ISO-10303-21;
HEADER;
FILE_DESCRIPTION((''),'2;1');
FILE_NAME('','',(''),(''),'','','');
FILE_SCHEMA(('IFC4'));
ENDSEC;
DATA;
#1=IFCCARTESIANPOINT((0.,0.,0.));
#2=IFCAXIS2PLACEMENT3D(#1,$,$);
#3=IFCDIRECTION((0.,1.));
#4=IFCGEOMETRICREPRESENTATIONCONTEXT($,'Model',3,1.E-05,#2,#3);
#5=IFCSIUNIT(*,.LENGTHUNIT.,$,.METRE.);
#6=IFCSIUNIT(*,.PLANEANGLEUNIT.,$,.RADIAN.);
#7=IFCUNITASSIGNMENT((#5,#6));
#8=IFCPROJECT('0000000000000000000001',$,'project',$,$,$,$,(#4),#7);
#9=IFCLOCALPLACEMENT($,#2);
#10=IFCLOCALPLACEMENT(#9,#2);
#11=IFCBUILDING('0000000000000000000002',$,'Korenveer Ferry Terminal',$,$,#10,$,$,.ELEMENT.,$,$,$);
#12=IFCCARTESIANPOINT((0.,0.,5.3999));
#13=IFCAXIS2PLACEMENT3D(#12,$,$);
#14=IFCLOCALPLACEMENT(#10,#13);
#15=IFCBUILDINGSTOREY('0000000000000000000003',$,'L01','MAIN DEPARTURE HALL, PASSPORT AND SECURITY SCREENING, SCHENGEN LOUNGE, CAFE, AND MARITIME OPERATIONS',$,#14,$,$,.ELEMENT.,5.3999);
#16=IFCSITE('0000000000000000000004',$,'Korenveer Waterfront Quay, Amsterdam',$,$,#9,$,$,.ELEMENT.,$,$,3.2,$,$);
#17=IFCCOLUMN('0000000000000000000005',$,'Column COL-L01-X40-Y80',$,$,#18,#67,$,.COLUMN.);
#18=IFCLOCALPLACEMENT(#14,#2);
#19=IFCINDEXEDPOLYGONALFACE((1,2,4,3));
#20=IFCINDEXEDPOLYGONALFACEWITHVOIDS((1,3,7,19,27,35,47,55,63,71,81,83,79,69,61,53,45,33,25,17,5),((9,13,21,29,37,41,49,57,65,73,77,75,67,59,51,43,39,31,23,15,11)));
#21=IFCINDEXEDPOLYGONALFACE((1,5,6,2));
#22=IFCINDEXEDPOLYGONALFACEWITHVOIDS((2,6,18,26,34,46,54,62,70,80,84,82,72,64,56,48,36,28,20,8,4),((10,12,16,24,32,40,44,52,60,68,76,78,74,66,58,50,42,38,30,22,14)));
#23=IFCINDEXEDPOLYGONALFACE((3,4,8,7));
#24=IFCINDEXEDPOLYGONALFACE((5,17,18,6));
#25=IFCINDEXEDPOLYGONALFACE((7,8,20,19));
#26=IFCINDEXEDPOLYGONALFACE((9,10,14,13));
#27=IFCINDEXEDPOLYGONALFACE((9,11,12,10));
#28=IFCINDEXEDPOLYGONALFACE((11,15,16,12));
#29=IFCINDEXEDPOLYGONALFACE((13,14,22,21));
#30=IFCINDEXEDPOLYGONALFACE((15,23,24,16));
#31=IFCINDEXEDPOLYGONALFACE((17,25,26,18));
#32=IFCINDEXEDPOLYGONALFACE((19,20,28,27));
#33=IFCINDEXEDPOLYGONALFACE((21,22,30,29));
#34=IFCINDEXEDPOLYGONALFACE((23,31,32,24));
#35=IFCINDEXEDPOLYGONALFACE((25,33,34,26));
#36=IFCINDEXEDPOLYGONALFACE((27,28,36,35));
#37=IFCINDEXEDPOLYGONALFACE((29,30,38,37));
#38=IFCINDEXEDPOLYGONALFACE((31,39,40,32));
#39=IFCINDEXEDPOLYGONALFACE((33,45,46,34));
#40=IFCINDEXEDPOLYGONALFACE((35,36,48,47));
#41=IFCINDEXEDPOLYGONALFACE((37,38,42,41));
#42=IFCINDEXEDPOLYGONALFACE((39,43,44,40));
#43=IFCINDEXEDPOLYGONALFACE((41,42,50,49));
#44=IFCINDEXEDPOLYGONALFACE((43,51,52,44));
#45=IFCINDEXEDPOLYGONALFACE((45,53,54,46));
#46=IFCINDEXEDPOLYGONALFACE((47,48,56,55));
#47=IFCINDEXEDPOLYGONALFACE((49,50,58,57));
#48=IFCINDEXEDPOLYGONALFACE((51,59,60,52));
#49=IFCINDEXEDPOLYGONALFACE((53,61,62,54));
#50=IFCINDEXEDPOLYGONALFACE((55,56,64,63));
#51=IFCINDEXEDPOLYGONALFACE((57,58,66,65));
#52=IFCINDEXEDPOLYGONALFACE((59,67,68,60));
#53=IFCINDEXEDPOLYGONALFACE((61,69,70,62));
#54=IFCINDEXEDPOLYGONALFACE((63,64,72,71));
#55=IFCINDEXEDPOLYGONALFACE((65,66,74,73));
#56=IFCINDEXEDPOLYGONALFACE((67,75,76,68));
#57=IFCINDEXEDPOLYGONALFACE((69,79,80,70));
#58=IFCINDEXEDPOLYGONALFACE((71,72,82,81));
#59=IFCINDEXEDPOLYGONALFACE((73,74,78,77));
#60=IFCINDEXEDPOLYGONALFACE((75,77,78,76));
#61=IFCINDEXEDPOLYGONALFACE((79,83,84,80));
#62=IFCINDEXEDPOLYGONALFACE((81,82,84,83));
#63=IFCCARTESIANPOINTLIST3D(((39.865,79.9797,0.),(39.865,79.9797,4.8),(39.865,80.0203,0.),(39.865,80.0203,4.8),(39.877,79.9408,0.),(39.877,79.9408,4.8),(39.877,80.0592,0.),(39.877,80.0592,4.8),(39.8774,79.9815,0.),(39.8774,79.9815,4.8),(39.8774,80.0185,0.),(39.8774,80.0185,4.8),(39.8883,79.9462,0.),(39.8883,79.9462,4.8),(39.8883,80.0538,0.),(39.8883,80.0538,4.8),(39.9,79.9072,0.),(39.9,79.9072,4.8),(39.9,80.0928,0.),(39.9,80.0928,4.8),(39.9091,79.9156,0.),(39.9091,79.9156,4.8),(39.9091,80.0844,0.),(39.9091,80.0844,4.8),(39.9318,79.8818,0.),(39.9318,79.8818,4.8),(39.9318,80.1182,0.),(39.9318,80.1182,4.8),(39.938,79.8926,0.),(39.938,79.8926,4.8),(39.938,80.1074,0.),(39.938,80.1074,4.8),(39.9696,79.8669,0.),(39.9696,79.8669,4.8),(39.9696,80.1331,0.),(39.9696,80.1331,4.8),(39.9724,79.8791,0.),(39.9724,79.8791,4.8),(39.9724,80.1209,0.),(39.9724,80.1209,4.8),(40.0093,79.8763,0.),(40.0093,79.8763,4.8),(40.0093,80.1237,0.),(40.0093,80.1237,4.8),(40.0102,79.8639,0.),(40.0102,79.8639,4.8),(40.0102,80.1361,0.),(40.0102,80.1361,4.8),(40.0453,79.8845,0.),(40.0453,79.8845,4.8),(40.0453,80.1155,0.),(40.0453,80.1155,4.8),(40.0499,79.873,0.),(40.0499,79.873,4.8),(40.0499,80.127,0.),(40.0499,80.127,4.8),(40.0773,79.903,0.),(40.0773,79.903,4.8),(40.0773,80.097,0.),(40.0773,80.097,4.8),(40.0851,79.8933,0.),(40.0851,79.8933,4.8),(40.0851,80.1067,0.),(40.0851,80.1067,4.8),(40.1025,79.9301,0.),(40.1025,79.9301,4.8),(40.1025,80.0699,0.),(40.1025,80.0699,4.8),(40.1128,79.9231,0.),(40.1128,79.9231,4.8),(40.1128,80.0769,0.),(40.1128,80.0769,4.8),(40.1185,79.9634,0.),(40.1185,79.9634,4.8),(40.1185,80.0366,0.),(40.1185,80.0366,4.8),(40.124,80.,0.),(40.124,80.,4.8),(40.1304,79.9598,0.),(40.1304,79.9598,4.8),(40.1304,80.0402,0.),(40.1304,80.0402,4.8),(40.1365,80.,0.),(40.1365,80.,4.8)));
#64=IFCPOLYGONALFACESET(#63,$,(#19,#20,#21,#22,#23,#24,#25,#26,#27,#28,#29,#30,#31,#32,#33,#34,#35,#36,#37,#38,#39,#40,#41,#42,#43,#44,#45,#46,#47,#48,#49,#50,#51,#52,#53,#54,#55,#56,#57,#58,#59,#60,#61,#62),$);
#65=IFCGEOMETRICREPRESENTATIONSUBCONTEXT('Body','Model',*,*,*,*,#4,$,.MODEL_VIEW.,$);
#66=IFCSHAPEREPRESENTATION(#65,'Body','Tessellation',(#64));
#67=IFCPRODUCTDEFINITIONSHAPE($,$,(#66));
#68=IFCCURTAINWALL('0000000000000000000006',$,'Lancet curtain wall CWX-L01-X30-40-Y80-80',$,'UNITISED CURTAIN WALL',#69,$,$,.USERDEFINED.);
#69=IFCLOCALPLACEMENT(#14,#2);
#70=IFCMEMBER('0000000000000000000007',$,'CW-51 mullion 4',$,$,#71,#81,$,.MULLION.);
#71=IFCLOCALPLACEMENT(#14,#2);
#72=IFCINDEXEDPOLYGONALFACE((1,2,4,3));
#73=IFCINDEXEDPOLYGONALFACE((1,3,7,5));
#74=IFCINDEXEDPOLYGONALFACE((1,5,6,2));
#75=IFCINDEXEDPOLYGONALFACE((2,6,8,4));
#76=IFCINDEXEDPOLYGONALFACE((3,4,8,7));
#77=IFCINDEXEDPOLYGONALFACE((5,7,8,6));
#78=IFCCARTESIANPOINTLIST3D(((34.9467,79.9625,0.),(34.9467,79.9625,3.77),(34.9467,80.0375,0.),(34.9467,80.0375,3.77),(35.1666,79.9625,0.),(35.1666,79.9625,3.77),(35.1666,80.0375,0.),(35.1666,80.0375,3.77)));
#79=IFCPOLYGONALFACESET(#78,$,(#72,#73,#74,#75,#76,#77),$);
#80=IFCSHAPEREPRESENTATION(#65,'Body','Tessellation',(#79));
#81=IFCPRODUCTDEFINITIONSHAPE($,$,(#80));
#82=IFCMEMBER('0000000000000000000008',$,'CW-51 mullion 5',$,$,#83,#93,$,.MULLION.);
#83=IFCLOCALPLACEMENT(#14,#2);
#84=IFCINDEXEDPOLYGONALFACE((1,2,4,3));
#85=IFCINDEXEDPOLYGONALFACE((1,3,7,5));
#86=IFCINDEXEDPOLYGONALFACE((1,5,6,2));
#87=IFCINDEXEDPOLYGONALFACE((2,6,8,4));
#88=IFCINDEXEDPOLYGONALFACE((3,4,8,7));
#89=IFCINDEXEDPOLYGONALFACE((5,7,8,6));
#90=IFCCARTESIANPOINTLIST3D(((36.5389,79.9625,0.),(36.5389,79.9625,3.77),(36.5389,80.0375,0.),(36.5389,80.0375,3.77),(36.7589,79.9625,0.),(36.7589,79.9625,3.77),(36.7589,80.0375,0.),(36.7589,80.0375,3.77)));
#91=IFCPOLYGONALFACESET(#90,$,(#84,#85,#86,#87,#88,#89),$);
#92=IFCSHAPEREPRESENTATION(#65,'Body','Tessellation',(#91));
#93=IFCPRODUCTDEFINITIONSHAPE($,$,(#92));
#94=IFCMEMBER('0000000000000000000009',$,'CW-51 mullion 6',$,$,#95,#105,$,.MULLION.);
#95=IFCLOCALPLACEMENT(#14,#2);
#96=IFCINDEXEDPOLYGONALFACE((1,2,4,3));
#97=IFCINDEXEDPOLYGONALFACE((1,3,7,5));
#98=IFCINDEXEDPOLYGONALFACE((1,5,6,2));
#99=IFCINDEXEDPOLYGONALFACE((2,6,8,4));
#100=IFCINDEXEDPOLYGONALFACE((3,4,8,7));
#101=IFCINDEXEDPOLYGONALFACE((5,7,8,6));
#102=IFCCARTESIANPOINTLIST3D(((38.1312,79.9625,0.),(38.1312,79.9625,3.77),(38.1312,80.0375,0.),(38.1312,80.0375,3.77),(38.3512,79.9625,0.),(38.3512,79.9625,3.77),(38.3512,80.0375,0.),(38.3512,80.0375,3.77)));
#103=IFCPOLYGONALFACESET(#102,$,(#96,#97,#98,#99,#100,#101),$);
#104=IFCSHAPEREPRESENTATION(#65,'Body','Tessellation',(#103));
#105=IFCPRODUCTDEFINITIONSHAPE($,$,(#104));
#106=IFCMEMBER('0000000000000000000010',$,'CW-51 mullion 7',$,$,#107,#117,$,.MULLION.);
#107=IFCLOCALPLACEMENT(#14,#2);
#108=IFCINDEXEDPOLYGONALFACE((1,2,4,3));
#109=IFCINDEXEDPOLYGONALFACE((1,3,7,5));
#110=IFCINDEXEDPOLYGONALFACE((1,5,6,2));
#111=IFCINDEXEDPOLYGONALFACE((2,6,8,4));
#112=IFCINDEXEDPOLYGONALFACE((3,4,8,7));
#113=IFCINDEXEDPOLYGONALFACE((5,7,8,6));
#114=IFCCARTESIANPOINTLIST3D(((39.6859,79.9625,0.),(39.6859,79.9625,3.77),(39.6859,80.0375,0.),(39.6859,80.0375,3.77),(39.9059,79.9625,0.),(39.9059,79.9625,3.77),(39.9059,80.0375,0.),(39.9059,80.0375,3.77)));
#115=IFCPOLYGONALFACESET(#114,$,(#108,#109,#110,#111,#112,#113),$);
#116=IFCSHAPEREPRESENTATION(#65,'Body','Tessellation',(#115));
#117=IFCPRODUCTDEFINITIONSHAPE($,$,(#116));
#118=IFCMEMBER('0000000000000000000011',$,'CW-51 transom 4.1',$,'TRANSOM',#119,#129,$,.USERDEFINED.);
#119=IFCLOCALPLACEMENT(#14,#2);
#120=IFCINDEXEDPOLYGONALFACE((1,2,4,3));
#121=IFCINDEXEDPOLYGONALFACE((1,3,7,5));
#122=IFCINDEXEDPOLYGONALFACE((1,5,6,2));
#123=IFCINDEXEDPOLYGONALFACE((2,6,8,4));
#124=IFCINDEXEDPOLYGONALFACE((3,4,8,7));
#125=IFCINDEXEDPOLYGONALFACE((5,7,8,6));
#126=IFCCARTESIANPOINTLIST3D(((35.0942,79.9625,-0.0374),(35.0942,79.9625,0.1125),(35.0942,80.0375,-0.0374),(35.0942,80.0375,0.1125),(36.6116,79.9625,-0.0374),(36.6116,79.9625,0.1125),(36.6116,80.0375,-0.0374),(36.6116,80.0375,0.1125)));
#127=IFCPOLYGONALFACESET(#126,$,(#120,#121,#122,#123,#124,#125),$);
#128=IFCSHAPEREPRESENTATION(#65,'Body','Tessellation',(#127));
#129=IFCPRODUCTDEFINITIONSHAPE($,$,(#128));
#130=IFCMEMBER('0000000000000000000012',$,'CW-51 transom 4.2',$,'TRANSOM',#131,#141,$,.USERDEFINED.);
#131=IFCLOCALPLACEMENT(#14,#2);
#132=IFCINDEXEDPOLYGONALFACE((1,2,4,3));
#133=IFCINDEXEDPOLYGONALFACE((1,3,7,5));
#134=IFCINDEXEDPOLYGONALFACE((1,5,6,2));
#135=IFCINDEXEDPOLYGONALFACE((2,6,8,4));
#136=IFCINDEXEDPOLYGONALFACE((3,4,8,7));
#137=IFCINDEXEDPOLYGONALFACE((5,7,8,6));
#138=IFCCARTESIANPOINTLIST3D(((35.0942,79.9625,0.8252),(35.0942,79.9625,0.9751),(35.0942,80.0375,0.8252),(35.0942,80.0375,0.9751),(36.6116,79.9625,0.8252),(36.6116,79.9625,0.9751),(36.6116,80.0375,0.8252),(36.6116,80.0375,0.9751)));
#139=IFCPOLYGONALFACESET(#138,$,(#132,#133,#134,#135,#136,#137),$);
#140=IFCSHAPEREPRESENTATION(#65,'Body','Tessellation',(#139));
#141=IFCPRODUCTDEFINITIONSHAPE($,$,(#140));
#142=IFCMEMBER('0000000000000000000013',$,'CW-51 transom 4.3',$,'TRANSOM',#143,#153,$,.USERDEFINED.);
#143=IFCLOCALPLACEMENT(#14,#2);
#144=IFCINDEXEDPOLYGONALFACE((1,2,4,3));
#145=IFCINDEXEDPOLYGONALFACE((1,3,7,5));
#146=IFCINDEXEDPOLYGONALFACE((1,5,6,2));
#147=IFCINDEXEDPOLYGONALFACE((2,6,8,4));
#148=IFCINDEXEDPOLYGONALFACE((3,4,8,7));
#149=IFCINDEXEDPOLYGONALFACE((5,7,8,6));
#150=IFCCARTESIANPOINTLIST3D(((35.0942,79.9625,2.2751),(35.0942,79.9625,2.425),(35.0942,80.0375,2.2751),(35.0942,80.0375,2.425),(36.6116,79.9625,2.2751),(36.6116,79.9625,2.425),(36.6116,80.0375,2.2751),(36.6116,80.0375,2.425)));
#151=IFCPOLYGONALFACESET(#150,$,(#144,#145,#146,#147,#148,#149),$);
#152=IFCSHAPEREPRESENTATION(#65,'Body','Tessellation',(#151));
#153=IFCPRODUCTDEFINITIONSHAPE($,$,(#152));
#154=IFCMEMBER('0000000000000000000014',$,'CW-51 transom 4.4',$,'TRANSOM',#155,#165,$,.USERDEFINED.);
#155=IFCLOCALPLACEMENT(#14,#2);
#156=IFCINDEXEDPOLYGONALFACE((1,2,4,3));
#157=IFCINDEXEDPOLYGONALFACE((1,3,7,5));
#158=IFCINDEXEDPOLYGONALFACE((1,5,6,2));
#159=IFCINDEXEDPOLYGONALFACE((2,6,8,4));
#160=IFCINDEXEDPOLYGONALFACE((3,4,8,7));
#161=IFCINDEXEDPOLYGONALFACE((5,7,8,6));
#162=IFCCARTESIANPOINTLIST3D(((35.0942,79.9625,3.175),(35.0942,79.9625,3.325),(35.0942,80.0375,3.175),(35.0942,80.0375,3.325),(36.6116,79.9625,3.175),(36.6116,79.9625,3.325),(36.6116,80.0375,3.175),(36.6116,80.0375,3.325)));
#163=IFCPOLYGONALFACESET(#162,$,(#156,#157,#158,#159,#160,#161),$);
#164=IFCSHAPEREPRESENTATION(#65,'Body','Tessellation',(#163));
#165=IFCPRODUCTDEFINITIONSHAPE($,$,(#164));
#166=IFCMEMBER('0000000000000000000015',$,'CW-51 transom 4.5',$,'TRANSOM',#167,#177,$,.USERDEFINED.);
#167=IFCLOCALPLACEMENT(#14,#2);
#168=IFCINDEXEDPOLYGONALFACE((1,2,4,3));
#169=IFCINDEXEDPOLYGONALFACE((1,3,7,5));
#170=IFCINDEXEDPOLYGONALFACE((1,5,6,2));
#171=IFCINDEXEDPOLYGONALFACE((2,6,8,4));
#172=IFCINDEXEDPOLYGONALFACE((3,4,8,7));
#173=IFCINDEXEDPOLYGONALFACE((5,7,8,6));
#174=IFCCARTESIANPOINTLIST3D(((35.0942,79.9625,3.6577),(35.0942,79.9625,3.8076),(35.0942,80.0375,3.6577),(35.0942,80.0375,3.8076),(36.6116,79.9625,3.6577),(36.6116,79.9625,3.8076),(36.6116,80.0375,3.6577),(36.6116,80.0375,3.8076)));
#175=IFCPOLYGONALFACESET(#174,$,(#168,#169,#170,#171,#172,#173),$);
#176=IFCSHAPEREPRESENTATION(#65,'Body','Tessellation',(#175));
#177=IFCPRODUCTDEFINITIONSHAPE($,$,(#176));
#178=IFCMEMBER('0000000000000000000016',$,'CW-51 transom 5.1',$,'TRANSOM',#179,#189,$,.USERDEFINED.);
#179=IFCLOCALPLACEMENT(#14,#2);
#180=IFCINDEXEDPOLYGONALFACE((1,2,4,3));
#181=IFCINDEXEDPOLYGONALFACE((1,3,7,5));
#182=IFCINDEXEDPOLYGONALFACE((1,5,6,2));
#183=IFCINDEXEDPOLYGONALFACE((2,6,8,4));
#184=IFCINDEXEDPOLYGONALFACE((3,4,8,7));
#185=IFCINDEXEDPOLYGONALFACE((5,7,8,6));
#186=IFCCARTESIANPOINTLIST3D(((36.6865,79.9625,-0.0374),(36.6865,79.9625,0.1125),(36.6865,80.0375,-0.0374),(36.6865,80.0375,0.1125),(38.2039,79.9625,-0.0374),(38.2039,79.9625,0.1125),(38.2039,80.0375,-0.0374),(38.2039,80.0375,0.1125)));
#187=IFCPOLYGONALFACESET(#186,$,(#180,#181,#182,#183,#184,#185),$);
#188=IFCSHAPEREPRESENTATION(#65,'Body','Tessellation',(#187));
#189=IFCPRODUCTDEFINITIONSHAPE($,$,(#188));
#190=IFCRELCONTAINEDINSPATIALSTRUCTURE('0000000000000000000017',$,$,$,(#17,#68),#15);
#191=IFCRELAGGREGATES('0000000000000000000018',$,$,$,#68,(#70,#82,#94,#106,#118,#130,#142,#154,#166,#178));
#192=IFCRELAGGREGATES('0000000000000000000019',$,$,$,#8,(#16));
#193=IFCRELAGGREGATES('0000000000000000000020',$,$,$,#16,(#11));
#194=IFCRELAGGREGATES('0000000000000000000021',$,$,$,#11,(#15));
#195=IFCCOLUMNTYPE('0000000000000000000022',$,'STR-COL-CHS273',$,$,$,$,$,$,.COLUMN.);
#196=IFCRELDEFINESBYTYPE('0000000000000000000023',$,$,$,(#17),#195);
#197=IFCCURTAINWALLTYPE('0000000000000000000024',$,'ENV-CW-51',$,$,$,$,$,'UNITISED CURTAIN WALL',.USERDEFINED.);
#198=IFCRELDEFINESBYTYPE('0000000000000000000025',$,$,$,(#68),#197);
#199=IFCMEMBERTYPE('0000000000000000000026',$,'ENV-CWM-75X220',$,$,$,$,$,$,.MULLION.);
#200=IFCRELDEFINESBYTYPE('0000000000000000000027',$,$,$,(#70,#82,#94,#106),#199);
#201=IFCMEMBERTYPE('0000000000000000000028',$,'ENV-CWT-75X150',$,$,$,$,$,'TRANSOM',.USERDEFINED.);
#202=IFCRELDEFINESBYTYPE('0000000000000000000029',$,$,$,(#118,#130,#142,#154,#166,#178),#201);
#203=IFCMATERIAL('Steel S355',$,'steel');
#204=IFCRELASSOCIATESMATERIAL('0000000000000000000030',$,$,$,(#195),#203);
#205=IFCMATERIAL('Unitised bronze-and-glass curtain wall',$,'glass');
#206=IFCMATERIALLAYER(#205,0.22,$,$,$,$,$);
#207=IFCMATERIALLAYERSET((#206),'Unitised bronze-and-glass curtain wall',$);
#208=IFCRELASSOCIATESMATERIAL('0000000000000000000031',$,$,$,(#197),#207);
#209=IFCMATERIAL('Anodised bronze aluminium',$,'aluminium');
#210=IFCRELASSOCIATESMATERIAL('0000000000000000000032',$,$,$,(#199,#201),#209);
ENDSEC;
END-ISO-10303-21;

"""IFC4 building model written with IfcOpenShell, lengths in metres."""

from ifc_helpers import new_model, si_unit, direction, frame, origin, origin_2d, place, context, subcontext, project, spatial, rectangle, hollow_circle, extrude, material, layer, layer_set, material_profile, profile_set, type_object, element, aggregate, save


model = new_model("IFC4")

# Units and contexts
model_context = context("Model", 3, precision=1e-05, world=origin(), true_north=direction((0.0, 1.0)))
body_context = subcontext(model_context, "Body", "Model", "MODEL_VIEW")
ifc_project = project(units=[si_unit("LENGTHUNIT", "METRE"), si_unit("PLANEANGLEUNIT", "RADIAN")], contexts=[model_context])

# Site, building, storey
site_placement = place(None, origin())
site = spatial("IfcSite", under=ifc_project, at=site_placement, Name="Korenveer Waterfront Quay, Amsterdam", CompositionType="ELEMENT", RefElevation=3.2)
building_placement = place(site_placement, origin())
building = spatial("IfcBuilding", under=site, at=building_placement, Name="Korenveer Ferry Terminal", CompositionType="ELEMENT")
storey_placement = place(building_placement, frame((0.0, 0.0, 5.3999)))
storey = spatial("IfcBuildingStorey", under=building, at=storey_placement, Name="L01", Description="MAIN DEPARTURE HALL, PASSPORT AND SECURITY SCREENING, SCHENGEN LOUNGE, CAFE, AND MARITIME OPERATIONS", CompositionType="ELEMENT", Elevation=5.3999)

# Column
ifc_material_1 = material(Name="Steel S355", Category="steel")
ifc_material_profile_1 = material_profile(ifc_material_1, hollow_circle(Radius=0.1365, WallThickness=0.0125, at=origin_2d()), Name="CHS 273x12.5")
ifc_profile_set_1 = profile_set([ifc_material_profile_1], Name="Steel S355")
column_type = type_object("IfcColumnType", Name="STR-COL-CHS273", PredefinedType="COLUMN", material=ifc_profile_set_1)
column_placement = place(storey_placement, frame((40.0, 80.0, 0.0), z_axis=(0.0, 0.0, 1.0), x_axis=(1.0, 0.0, 0.0)))
element("IfcColumn", 1, at=column_placement, inside=storey, type_object=column_type, Name="Column COL-L01-X40-Y80", PredefinedType="COLUMN", context=body_context, shape_type="SweptSolid", body=[
    extrude(hollow_circle(Radius=0.1365, WallThickness=0.0125, at=origin_2d()), origin(), (0.0, 0.0, 1.0), 4.8),
])

# Curtain wall, members
ifc_material_2 = material(Name="Unitised bronze-and-glass curtain wall", Category="glass")
ifc_layer_1 = layer(ifc_material_2, 0.22)
ifc_layer_set_1 = layer_set([ifc_layer_1], Name="Unitised bronze-and-glass curtain wall")
curtain_wall_type = type_object("IfcCurtainWallType", Name="ENV-CW-51", ElementType="UNITISED CURTAIN WALL", PredefinedType="USERDEFINED", material=ifc_layer_set_1)
curtain_wall_placement = place(storey_placement, frame((30.28, 80.0, 0.0)))
curtain_wall = element("IfcCurtainWall", 2, at=curtain_wall_placement, inside=storey, type_object=curtain_wall_type, Name="Lancet curtain wall CWX-L01-X30-40-Y80-80", ObjectType="UNITISED CURTAIN WALL", PredefinedType="USERDEFINED")
ifc_material_3 = material(Name="Anodised bronze aluminium", Category="aluminium")
ifc_material_profile_2 = material_profile(ifc_material_3, rectangle(XDim=0.075, YDim=0.22, at=origin_2d()), Name="ALU 75x220")
ifc_profile_set_2 = profile_set([ifc_material_profile_2], Name="Anodised bronze aluminium")
member_type_1 = type_object("IfcMemberType", Name="ENV-CWM-75X220", PredefinedType="MULLION", material=ifc_profile_set_2)
member_1_placement = place(storey_placement, frame((35.0566, 80.0, 0.0), z_axis=(0.0, 0.0, 1.0), x_axis=(0.0, 1.0, 0.0)))
member_1 = element("IfcMember", 3, at=member_1_placement, type_object=member_type_1, Name="CW-51 mullion 4", PredefinedType="MULLION", context=body_context, shape_type="SweptSolid", body=[
    extrude(rectangle(XDim=0.075, YDim=0.22, at=origin_2d()), origin(), (0.0, 0.0, 1.0), 3.77),
])
member_2_placement = place(storey_placement, frame((36.6489, 80.0, 0.0), z_axis=(0.0, 0.0, 1.0), x_axis=(0.0, 1.0, 0.0)))
member_2 = element("IfcMember", 4, at=member_2_placement, type_object=member_type_1, Name="CW-51 mullion 5", PredefinedType="MULLION", context=body_context, shape_type="SweptSolid", body=[
    extrude(rectangle(XDim=0.075, YDim=0.22, at=origin_2d()), origin(), (0.0, 0.0, 1.0), 3.77),
])
member_3_placement = place(storey_placement, frame((38.2412, 80.0, 0.0), z_axis=(0.0, 0.0, 1.0), x_axis=(0.0, 1.0, 0.0)))
member_3 = element("IfcMember", 5, at=member_3_placement, type_object=member_type_1, Name="CW-51 mullion 6", PredefinedType="MULLION", context=body_context, shape_type="SweptSolid", body=[
    extrude(rectangle(XDim=0.075, YDim=0.22, at=origin_2d()), origin(), (0.0, 0.0, 1.0), 3.77),
])
member_4_placement = place(storey_placement, frame((39.7959, 80.0, 0.0), z_axis=(0.0, 0.0, 1.0), x_axis=(0.0, 1.0, 0.0)))
member_4 = element("IfcMember", 6, at=member_4_placement, type_object=member_type_1, Name="CW-51 mullion 7", PredefinedType="MULLION", context=body_context, shape_type="SweptSolid", body=[
    extrude(rectangle(XDim=0.075, YDim=0.22, at=origin_2d()), origin(), (0.0, 0.0, 1.0), 3.77),
])
ifc_material_profile_3 = material_profile(ifc_material_3, rectangle(XDim=0.075, YDim=0.1499, at=origin_2d()), Name="ALU 75x150")
ifc_profile_set_3 = profile_set([ifc_material_profile_3], Name="Anodised bronze aluminium")
member_type_2 = type_object("IfcMemberType", Name="ENV-CWT-75X150", ElementType="TRANSOM", PredefinedType="USERDEFINED", material=ifc_profile_set_3)
member_5_placement = place(storey_placement, frame((35.0942, 80.0, 0.0376), z_axis=(1.0, 0.0, 0.0), x_axis=(0.0, 1.0, 0.0)))
member_5 = element("IfcMember", 7, at=member_5_placement, type_object=member_type_2, Name="CW-51 transom 4.1", ObjectType="TRANSOM", PredefinedType="USERDEFINED", context=body_context, shape_type="SweptSolid", body=[
    extrude(rectangle(XDim=0.075, YDim=0.1499, at=origin_2d()), origin(), (0.0, 0.0, 1.0), 1.5173),
])
member_6_placement = place(storey_placement, frame((35.0942, 80.0, 0.9001), z_axis=(1.0, 0.0, 0.0), x_axis=(0.0, 1.0, 0.0)))
member_6 = element("IfcMember", 8, at=member_6_placement, type_object=member_type_2, Name="CW-51 transom 4.2", ObjectType="TRANSOM", PredefinedType="USERDEFINED", context=body_context, shape_type="SweptSolid", body=[
    extrude(rectangle(XDim=0.075, YDim=0.1499, at=origin_2d()), origin(), (0.0, 0.0, 1.0), 1.5173),
])
member_7_placement = place(storey_placement, frame((35.0942, 80.0, 2.3501), z_axis=(1.0, 0.0, 0.0), x_axis=(0.0, 1.0, 0.0)))
member_7 = element("IfcMember", 9, at=member_7_placement, type_object=member_type_2, Name="CW-51 transom 4.3", ObjectType="TRANSOM", PredefinedType="USERDEFINED", context=body_context, shape_type="SweptSolid", body=[
    extrude(rectangle(XDim=0.075, YDim=0.1499, at=origin_2d()), origin(), (0.0, 0.0, 1.0), 1.5173),
])
member_8_placement = place(storey_placement, frame((35.0942, 80.0, 3.25), z_axis=(1.0, 0.0, 0.0), x_axis=(0.0, 1.0, 0.0)))
member_8 = element("IfcMember", 10, at=member_8_placement, type_object=member_type_2, Name="CW-51 transom 4.4", ObjectType="TRANSOM", PredefinedType="USERDEFINED", context=body_context, shape_type="SweptSolid", body=[
    extrude(rectangle(XDim=0.075, YDim=0.1499, at=origin_2d()), origin(), (0.0, 0.0, 1.0), 1.5173),
])
member_9_placement = place(storey_placement, frame((35.0942, 80.0, 3.7327), z_axis=(1.0, 0.0, 0.0), x_axis=(0.0, 1.0, 0.0)))
member_9 = element("IfcMember", 11, at=member_9_placement, type_object=member_type_2, Name="CW-51 transom 4.5", ObjectType="TRANSOM", PredefinedType="USERDEFINED", context=body_context, shape_type="SweptSolid", body=[
    extrude(rectangle(XDim=0.075, YDim=0.1499, at=origin_2d()), origin(), (0.0, 0.0, 1.0), 1.5173),
])
member_10_placement = place(storey_placement, frame((36.6865, 80.0, 0.0376), z_axis=(1.0, 0.0, 0.0), x_axis=(0.0, 1.0, 0.0)))
member_10 = element("IfcMember", 12, at=member_10_placement, type_object=member_type_2, Name="CW-51 transom 5.1", ObjectType="TRANSOM", PredefinedType="USERDEFINED", context=body_context, shape_type="SweptSolid", body=[
    extrude(rectangle(XDim=0.075, YDim=0.1499, at=origin_2d()), origin(), (0.0, 0.0, 1.0), 1.5173),
])

aggregate(curtain_wall, [member_1, member_2, member_3, member_4, member_5, member_6, member_7, member_8, member_9, member_10])

save(model, "model.ifc")
